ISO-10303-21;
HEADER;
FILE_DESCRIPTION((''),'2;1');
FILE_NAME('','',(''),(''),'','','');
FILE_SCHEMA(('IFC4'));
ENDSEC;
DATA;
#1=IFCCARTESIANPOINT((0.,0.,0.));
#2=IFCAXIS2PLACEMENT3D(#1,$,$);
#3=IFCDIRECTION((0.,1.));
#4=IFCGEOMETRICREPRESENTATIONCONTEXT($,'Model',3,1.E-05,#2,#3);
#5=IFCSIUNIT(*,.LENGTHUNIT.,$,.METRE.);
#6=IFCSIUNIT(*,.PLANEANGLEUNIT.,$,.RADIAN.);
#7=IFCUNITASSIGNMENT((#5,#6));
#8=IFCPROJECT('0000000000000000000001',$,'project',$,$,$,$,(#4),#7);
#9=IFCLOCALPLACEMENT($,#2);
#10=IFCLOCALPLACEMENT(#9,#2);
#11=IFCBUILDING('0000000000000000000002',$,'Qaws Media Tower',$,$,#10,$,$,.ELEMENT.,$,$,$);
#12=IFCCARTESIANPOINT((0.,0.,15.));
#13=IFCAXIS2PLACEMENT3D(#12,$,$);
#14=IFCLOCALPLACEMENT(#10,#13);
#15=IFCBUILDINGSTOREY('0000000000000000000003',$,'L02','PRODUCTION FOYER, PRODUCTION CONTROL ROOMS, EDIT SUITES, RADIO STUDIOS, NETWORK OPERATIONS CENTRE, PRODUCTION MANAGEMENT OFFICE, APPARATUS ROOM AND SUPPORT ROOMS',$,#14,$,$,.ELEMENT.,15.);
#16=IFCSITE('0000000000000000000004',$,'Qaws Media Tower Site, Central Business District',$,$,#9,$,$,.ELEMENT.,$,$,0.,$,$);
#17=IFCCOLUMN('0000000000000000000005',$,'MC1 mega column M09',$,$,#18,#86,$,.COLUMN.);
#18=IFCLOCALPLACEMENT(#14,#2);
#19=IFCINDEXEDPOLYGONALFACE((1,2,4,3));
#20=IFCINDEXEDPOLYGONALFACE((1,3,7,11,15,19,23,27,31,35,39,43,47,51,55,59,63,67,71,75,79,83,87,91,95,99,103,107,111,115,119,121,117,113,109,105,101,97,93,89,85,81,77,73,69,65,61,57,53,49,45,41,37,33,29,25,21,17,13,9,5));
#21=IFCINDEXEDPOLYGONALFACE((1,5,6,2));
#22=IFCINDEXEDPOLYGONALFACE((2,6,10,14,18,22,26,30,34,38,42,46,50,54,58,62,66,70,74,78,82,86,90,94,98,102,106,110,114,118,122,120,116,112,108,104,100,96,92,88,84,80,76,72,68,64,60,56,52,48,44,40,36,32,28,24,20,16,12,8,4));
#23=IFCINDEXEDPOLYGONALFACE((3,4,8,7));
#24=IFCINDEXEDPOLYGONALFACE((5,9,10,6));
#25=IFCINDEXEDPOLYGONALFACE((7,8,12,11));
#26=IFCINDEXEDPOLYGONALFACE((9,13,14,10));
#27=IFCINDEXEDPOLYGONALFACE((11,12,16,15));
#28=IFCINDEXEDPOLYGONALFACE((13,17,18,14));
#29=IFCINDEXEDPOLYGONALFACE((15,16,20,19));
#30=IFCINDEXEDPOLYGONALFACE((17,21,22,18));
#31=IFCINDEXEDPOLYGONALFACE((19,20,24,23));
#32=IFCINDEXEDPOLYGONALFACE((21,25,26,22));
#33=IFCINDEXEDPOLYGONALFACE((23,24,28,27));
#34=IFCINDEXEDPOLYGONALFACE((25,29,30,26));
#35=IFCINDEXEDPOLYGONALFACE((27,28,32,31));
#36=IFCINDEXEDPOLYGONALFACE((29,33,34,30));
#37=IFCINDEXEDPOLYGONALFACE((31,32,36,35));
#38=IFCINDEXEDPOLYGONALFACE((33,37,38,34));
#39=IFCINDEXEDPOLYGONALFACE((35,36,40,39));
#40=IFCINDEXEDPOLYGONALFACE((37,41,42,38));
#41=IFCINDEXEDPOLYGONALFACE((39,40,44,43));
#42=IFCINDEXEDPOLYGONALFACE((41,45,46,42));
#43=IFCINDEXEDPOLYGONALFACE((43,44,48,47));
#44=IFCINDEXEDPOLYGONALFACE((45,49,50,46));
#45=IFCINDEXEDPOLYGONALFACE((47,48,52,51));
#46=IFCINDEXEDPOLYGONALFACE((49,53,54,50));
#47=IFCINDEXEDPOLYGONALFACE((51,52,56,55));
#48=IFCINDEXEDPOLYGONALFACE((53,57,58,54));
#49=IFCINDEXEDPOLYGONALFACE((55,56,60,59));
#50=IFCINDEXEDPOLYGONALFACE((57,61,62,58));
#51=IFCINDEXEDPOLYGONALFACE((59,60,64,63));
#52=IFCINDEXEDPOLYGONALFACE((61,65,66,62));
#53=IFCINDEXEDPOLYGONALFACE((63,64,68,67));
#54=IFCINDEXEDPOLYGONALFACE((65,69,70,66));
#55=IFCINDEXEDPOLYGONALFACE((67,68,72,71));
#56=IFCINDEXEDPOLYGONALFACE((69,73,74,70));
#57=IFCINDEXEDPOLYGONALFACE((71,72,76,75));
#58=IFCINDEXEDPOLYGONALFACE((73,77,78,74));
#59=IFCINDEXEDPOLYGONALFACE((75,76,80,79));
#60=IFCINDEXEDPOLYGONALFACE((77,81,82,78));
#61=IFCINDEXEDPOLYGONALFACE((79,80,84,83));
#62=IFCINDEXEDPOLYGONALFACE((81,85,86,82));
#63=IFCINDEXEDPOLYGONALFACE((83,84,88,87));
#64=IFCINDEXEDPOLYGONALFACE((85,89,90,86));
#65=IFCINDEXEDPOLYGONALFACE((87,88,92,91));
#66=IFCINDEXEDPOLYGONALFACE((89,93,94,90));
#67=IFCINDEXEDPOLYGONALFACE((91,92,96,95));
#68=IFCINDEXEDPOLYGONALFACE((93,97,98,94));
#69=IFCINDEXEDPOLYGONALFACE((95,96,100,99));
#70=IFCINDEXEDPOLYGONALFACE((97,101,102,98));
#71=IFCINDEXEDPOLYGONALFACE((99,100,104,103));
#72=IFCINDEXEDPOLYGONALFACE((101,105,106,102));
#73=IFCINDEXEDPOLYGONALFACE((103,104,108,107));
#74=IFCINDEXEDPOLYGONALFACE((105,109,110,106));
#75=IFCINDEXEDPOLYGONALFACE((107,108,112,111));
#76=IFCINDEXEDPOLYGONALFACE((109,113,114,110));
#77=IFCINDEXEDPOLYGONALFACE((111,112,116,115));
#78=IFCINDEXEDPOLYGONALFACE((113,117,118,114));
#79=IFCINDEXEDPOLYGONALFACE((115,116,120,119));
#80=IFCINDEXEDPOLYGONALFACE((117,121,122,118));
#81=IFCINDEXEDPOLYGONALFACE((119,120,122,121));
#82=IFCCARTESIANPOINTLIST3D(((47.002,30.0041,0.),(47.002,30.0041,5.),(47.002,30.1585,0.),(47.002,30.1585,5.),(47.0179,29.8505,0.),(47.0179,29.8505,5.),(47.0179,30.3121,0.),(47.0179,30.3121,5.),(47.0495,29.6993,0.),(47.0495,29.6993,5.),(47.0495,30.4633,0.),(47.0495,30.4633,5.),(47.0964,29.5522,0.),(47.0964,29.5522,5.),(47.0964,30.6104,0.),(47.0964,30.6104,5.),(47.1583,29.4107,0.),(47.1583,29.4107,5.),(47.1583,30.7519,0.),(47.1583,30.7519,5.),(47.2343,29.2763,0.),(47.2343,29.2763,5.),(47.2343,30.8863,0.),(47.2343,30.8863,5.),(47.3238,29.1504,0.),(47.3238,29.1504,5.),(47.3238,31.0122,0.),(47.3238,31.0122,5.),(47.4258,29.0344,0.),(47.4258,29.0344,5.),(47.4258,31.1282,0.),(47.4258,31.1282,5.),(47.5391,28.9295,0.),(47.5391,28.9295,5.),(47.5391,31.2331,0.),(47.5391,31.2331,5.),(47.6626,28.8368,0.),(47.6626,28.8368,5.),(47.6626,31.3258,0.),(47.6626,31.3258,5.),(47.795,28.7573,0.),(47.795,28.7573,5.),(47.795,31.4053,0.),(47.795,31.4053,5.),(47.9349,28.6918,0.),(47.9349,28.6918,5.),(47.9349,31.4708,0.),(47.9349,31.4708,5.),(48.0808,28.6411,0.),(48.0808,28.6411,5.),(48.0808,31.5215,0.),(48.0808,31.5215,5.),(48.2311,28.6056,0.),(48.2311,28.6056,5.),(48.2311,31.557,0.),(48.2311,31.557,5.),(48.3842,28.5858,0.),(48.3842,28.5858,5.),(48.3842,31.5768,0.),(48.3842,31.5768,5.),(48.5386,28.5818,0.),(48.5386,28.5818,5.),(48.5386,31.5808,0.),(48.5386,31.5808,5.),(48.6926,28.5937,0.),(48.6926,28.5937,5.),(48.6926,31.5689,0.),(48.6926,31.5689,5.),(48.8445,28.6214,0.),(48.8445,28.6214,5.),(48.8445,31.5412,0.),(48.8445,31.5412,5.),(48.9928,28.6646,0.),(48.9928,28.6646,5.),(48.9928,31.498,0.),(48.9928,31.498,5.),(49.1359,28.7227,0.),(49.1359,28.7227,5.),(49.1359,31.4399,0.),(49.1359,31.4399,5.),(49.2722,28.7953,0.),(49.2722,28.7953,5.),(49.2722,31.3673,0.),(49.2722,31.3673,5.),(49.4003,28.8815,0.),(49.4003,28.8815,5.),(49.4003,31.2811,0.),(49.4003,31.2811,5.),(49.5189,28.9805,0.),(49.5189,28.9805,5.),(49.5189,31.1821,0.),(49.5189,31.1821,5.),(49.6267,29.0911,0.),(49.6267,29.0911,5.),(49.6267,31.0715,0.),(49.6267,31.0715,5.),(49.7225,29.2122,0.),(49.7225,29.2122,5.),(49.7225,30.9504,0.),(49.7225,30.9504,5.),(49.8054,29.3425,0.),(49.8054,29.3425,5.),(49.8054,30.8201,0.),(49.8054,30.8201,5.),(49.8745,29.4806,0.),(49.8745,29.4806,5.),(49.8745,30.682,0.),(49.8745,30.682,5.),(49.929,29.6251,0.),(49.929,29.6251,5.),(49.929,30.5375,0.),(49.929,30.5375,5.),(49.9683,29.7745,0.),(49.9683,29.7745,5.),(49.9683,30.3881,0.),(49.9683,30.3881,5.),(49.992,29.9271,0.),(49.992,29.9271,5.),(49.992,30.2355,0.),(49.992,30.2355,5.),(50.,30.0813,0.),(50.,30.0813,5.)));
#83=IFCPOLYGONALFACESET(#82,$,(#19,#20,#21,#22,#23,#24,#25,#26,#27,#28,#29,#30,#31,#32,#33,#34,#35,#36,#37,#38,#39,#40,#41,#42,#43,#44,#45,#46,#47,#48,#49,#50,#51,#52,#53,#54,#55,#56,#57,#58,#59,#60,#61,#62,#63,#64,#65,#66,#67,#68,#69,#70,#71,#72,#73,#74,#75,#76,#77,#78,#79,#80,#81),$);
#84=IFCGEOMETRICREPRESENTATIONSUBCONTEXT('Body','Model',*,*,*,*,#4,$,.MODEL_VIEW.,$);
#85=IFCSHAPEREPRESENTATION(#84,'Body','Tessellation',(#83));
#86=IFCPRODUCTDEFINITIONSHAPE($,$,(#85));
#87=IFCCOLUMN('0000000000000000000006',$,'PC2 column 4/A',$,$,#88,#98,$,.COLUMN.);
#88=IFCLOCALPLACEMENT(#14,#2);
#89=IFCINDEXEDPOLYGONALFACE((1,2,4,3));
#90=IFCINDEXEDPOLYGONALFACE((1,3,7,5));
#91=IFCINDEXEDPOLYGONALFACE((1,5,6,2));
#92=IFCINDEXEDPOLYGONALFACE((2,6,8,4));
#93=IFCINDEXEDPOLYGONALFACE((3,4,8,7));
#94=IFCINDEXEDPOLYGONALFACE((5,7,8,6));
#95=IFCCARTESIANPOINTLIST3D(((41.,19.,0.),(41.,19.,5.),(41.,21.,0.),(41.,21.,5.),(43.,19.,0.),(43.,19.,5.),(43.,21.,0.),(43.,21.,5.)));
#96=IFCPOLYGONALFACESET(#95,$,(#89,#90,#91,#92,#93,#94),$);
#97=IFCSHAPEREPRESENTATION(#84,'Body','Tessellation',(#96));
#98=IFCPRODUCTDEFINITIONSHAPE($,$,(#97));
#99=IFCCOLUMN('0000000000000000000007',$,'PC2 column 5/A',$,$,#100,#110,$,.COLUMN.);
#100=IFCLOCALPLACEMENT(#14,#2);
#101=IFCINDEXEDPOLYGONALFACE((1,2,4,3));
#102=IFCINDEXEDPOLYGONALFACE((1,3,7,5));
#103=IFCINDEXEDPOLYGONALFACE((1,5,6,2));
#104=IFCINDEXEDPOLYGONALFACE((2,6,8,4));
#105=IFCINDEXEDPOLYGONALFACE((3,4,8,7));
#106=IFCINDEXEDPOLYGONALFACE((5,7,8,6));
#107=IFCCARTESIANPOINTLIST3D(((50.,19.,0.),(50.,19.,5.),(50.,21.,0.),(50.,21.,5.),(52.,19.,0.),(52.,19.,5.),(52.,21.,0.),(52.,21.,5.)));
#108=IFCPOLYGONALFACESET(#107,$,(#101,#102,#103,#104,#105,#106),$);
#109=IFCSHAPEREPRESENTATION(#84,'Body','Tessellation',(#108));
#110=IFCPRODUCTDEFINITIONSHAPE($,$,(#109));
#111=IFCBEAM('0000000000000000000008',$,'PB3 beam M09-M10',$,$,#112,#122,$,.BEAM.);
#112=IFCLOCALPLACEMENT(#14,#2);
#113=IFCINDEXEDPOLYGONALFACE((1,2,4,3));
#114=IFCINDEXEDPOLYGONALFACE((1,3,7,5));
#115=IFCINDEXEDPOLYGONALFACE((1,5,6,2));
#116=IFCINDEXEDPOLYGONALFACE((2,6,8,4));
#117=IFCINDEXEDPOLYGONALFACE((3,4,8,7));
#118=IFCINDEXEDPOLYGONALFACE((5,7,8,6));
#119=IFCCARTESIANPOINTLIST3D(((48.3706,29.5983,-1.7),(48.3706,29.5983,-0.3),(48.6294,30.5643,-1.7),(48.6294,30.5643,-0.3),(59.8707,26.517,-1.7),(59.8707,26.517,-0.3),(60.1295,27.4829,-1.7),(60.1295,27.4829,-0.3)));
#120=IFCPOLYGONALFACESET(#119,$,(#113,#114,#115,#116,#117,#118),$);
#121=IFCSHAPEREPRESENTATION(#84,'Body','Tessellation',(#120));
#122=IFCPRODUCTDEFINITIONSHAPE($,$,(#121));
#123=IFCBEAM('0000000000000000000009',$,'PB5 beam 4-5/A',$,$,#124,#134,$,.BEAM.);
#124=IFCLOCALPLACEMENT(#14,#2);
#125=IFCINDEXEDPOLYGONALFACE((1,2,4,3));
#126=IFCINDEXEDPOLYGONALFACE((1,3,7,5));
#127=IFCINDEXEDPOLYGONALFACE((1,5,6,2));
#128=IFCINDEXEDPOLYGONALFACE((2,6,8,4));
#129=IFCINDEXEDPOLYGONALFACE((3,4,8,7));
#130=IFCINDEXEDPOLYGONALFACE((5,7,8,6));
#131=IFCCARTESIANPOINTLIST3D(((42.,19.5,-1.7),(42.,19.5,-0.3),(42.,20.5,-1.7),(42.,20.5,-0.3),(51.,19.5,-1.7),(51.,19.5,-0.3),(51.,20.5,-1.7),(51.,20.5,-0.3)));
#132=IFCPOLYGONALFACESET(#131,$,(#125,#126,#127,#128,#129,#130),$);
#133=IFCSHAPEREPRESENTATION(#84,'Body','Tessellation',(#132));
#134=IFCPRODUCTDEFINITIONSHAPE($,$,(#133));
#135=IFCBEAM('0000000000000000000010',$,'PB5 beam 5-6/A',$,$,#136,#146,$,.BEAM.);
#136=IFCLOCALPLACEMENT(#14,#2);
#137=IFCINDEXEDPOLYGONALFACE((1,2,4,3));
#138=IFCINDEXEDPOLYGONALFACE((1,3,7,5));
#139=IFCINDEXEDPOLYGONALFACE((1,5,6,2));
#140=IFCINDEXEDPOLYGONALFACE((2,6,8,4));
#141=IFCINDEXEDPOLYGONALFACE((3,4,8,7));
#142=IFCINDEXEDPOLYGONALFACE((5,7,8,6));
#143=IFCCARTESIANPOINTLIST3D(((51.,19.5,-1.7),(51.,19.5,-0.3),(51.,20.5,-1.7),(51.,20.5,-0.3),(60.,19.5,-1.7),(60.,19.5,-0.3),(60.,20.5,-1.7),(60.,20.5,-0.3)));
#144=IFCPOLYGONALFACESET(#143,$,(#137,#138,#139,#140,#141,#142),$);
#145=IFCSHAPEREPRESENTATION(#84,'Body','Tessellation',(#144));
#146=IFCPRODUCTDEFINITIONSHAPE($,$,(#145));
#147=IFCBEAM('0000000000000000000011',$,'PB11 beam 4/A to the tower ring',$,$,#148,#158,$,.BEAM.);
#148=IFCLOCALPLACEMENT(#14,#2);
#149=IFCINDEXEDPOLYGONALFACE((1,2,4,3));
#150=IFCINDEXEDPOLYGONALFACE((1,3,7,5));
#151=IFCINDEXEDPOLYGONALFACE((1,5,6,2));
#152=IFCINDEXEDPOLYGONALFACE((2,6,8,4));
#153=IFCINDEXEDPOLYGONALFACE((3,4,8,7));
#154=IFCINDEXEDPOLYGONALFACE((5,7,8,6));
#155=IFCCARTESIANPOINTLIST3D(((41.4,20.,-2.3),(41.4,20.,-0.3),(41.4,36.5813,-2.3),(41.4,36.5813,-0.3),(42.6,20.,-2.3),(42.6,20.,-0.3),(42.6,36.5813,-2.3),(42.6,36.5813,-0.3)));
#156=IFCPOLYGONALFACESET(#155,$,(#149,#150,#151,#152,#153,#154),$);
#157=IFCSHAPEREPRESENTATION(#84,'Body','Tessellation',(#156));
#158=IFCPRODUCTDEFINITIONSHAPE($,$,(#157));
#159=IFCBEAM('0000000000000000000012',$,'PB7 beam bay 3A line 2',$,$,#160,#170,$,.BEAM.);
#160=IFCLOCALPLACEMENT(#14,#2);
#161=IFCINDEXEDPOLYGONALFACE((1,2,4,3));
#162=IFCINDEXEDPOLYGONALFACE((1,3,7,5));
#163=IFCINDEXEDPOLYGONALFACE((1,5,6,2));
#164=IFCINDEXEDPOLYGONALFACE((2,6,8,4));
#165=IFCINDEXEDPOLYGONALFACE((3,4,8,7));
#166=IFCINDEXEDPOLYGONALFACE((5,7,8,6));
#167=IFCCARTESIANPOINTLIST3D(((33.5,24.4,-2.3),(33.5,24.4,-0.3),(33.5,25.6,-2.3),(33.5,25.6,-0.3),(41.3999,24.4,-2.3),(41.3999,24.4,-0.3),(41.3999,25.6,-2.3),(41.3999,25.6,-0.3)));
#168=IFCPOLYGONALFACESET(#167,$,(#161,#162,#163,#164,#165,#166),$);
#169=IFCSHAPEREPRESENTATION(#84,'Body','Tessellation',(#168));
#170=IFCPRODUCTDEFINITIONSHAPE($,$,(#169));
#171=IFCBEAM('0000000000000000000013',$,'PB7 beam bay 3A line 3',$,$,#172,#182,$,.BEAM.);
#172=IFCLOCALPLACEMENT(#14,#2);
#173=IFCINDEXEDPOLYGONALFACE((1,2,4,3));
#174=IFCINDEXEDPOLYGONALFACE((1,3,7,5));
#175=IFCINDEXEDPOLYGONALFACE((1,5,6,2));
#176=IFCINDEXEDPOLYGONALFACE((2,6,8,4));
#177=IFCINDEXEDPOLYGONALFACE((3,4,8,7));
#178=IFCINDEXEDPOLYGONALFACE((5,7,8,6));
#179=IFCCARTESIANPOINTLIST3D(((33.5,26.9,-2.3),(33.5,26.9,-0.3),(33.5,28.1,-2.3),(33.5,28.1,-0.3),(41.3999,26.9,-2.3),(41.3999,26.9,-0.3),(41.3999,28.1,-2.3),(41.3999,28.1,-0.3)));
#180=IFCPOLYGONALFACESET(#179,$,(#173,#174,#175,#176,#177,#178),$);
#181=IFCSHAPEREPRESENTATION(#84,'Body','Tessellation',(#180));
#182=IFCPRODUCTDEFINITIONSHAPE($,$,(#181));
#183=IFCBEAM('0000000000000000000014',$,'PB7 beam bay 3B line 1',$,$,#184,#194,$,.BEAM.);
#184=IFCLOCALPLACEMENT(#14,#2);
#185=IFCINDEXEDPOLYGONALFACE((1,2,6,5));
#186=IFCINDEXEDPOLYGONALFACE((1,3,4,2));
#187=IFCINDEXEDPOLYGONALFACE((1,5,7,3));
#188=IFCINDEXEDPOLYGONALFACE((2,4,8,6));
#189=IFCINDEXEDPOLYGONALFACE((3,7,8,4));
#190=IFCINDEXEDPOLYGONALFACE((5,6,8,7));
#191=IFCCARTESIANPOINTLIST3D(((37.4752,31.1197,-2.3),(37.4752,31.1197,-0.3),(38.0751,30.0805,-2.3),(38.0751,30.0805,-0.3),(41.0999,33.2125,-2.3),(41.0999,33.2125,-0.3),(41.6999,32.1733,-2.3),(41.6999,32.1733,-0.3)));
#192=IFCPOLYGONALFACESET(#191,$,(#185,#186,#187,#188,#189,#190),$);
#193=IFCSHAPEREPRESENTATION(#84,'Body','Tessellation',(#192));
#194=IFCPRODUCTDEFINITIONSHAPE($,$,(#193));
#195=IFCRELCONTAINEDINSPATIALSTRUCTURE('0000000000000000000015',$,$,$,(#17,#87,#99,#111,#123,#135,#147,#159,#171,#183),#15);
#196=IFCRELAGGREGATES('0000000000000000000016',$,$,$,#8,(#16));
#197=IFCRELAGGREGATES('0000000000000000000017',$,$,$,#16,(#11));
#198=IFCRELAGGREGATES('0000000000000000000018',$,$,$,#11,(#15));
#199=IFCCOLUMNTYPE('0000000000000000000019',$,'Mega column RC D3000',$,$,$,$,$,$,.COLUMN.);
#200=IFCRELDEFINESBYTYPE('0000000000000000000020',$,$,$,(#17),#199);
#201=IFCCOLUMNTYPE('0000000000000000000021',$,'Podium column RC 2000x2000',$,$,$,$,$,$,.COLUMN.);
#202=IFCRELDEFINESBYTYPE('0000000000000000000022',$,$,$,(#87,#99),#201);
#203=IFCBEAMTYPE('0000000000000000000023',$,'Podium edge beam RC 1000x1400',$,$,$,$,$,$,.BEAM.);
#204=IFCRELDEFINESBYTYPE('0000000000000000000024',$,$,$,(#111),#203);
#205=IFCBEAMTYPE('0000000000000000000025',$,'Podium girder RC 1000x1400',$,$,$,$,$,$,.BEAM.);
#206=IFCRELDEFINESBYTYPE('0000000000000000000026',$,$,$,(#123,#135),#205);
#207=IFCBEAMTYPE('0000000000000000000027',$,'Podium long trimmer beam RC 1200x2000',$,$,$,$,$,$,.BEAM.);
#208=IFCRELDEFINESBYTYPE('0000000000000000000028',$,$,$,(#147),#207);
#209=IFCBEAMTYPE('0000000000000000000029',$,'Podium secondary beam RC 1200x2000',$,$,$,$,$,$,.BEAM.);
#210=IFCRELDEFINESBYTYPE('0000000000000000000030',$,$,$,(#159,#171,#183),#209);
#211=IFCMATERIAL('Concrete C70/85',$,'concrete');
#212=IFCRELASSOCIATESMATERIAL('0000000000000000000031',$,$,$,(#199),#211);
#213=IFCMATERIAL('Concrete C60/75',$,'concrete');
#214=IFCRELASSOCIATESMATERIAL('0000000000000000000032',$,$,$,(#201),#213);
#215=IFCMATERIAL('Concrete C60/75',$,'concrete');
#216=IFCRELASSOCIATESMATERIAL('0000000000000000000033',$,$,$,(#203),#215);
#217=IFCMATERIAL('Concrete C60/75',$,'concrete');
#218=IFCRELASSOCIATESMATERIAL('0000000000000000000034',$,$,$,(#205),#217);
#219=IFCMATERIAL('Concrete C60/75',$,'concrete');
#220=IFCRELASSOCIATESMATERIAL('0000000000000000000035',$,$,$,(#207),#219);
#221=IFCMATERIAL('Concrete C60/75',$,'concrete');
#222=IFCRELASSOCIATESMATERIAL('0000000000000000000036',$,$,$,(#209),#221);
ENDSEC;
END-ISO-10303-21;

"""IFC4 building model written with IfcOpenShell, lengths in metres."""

from ifc_helpers import new_model, si_unit, direction, frame, origin, origin_2d, place, context, subcontext, project, spatial, rectangle, circle, extrude, material, material_profile, profile_set, type_object, element, save


model = new_model("IFC4")

# Units and contexts
model_context = context("Model", 3, precision=1e-05, world=origin(), true_north=direction((0.0, 1.0)))
body_context = subcontext(model_context, "Body", "Model", "MODEL_VIEW")
ifc_project = project(units=[si_unit("LENGTHUNIT", "METRE"), si_unit("PLANEANGLEUNIT", "RADIAN")], contexts=[model_context])

# Site, building, storey
site_placement = place(None, origin())
site = spatial("IfcSite", under=ifc_project, at=site_placement, Name="Qaws Media Tower Site, Central Business District", CompositionType="ELEMENT", RefElevation=0.0)
building_placement = place(site_placement, origin())
building = spatial("IfcBuilding", under=site, at=building_placement, Name="Qaws Media Tower", CompositionType="ELEMENT")
storey_placement = place(building_placement, frame((0.0, 0.0, 15.0)))
storey = spatial("IfcBuildingStorey", under=building, at=storey_placement, Name="L02", Description="PRODUCTION FOYER, PRODUCTION CONTROL ROOMS, EDIT SUITES, RADIO STUDIOS, NETWORK OPERATIONS CENTRE, PRODUCTION MANAGEMENT OFFICE, APPARATUS ROOM AND SUPPORT ROOMS", CompositionType="ELEMENT", Elevation=15.0)

# Columns
ifc_material_1 = material(Name="Concrete C70/85", Category="concrete")
ifc_material_profile_1 = material_profile(ifc_material_1, circle(Radius=1.5, at=origin_2d()), Name="RC D3000")
ifc_profile_set_1 = profile_set([ifc_material_profile_1], Name="Concrete C70/85")
column_type_1 = type_object("IfcColumnType", Name="Mega column RC D3000", PredefinedType="COLUMN", material=ifc_profile_set_1)
column_placement = place(storey_placement, frame((48.5, 30.0813, 0.0), z_axis=(0.0, 0.0, 1.0), x_axis=(1.0, 0.0, 0.0)))
element("IfcColumn", 1, at=column_placement, inside=storey, type_object=column_type_1, Name="MC1 mega column M09", PredefinedType="COLUMN", context=body_context, shape_type="SweptSolid", body=[
    extrude(circle(Radius=1.5, at=origin_2d()), origin(), (0.0, 0.0, 1.0), 5.0),
])
ifc_material_2 = material(Name="Concrete C60/75", Category="concrete")
ifc_material_profile_2 = material_profile(ifc_material_2, rectangle(XDim=2.0, YDim=2.0, at=origin_2d()), Name="RC 2000x2000")
ifc_profile_set_2 = profile_set([ifc_material_profile_2], Name="Concrete C60/75")
column_type_2 = type_object("IfcColumnType", Name="Podium column RC 2000x2000", PredefinedType="COLUMN", material=ifc_profile_set_2)
for number, where, z_axis, x_axis, name in (
    (2, (42.0, 20.0, 0.0), (0.0, 0.0, 1.0), (1.0, 0.0, 0.0), "PC2 column 4/A"),
    (3, (51.0, 20.0, 0.0), (0.0, 0.0, 1.0), (1.0, 0.0, 0.0), "PC2 column 5/A"),
):
    element("IfcColumn", number, at=place(storey_placement, frame(where, z_axis=z_axis, x_axis=x_axis)), inside=storey, type_object=column_type_2, Name=name, PredefinedType="COLUMN", context=body_context, shape_type="SweptSolid", body=[
        extrude(rectangle(XDim=2.0, YDim=2.0, at=origin_2d()), origin(), (0.0, 0.0, 1.0), 5.0),
    ])

# Beams
ifc_material_3 = material(Name="Concrete C60/75", Category="concrete")
ifc_material_profile_3 = material_profile(ifc_material_3, rectangle(XDim=1.0, YDim=1.3999, at=origin_2d()), Name="RC 1000x1400")
ifc_profile_set_3 = profile_set([ifc_material_profile_3], Name="Concrete C60/75")
beam_type_1 = type_object("IfcBeamType", Name="Podium edge beam RC 1000x1400", PredefinedType="BEAM", material=ifc_profile_set_3)
beam_1_placement = place(storey_placement, frame((48.5, 30.0813, -1.0), z_axis=(0.965928, -0.25881, 0.0), x_axis=(0.25881, 0.965928, 0.0)))
element("IfcBeam", 4, at=beam_1_placement, inside=storey, type_object=beam_type_1, Name="PB3 beam M09-M10", PredefinedType="BEAM", context=body_context, shape_type="SweptSolid", body=[
    extrude(rectangle(XDim=1.0, YDim=1.3999, at=origin_2d()), origin(), (0.0, 0.0, 1.0), 11.9058),
])
ifc_material_4 = material(Name="Concrete C60/75", Category="concrete")
ifc_material_profile_4 = material_profile(ifc_material_4, rectangle(XDim=1.0, YDim=1.3999, at=origin_2d()), Name="RC 1000x1400")
ifc_profile_set_4 = profile_set([ifc_material_profile_4], Name="Concrete C60/75")
beam_type_2 = type_object("IfcBeamType", Name="Podium girder RC 1000x1400", PredefinedType="BEAM", material=ifc_profile_set_4)
for number, where, z_axis, x_axis, name in (
    (5, (42.0, 20.0, -1.0), (1.0, 0.0, 0.0), (0.0, 1.0, 0.0), "PB5 beam 4-5/A"),
    (6, (51.0, 20.0, -1.0), (1.0, 0.0, 0.0), (0.0, 1.0, 0.0), "PB5 beam 5-6/A"),
):
    element("IfcBeam", number, at=place(storey_placement, frame(where, z_axis=z_axis, x_axis=x_axis)), inside=storey, type_object=beam_type_2, Name=name, PredefinedType="BEAM", context=body_context, shape_type="SweptSolid", body=[
        extrude(rectangle(XDim=1.0, YDim=1.3999, at=origin_2d()), origin(), (0.0, 0.0, 1.0), 9.0),
    ])
ifc_material_5 = material(Name="Concrete C60/75", Category="concrete")
ifc_material_profile_5 = material_profile(ifc_material_5, rectangle(XDim=1.2, YDim=2.0, at=origin_2d()), Name="RC 1200x2000")
ifc_profile_set_5 = profile_set([ifc_material_profile_5], Name="Concrete C60/75")
beam_type_3 = type_object("IfcBeamType", Name="Podium long trimmer beam RC 1200x2000", PredefinedType="BEAM", material=ifc_profile_set_5)
beam_2_placement = place(storey_placement, frame((42.0, 20.0, -1.3), z_axis=(0.0, 1.0, 0.0), x_axis=(-1.0, 0.0, 0.0)))
element("IfcBeam", 7, at=beam_2_placement, inside=storey, type_object=beam_type_3, Name="PB11 beam 4/A to the tower ring", PredefinedType="BEAM", context=body_context, shape_type="SweptSolid", body=[
    extrude(rectangle(XDim=1.2, YDim=2.0, at=origin_2d()), origin(), (0.0, 0.0, 1.0), 16.5813),
])
ifc_material_6 = material(Name="Concrete C60/75", Category="concrete")
ifc_material_profile_6 = material_profile(ifc_material_6, rectangle(XDim=1.2, YDim=2.0, at=origin_2d()), Name="RC 1200x2000")
ifc_profile_set_6 = profile_set([ifc_material_profile_6], Name="Concrete C60/75")
beam_type_4 = type_object("IfcBeamType", Name="Podium secondary beam RC 1200x2000", PredefinedType="BEAM", material=ifc_profile_set_6)
for number, where, z_axis, x_axis, name in (
    (8, (33.5, 25.0, -1.3), (1.0, 0.0, 0.0), (0.0, 1.0, 0.0), "PB7 beam bay 3A line 2"),
    (9, (33.5, 27.5, -1.3), (1.0, 0.0, 0.0), (0.0, 1.0, 0.0), "PB7 beam bay 3A line 3"),
):
    element("IfcBeam", number, at=place(storey_placement, frame(where, z_axis=z_axis, x_axis=x_axis)), inside=storey, type_object=beam_type_4, Name=name, PredefinedType="BEAM", context=body_context, shape_type="SweptSolid", body=[
        extrude(rectangle(XDim=1.2, YDim=2.0, at=origin_2d()), origin(), (0.0, 0.0, 1.0), 7.8999),
    ])
beam_3_placement = place(storey_placement, frame((37.7751, 30.6001, -1.3), z_axis=(0.866023, 0.500004, 0.0), x_axis=(-0.500004, 0.866023, 0.0)))
element("IfcBeam", 10, at=beam_3_placement, inside=storey, type_object=beam_type_4, Name="PB7 beam bay 3B line 1", PredefinedType="BEAM", context=body_context, shape_type="SweptSolid", body=[
    extrude(rectangle(XDim=1.2, YDim=2.0, at=origin_2d()), origin(), (0.0, 0.0, 1.0), 4.1855),
])

save(model, "model.ifc")
